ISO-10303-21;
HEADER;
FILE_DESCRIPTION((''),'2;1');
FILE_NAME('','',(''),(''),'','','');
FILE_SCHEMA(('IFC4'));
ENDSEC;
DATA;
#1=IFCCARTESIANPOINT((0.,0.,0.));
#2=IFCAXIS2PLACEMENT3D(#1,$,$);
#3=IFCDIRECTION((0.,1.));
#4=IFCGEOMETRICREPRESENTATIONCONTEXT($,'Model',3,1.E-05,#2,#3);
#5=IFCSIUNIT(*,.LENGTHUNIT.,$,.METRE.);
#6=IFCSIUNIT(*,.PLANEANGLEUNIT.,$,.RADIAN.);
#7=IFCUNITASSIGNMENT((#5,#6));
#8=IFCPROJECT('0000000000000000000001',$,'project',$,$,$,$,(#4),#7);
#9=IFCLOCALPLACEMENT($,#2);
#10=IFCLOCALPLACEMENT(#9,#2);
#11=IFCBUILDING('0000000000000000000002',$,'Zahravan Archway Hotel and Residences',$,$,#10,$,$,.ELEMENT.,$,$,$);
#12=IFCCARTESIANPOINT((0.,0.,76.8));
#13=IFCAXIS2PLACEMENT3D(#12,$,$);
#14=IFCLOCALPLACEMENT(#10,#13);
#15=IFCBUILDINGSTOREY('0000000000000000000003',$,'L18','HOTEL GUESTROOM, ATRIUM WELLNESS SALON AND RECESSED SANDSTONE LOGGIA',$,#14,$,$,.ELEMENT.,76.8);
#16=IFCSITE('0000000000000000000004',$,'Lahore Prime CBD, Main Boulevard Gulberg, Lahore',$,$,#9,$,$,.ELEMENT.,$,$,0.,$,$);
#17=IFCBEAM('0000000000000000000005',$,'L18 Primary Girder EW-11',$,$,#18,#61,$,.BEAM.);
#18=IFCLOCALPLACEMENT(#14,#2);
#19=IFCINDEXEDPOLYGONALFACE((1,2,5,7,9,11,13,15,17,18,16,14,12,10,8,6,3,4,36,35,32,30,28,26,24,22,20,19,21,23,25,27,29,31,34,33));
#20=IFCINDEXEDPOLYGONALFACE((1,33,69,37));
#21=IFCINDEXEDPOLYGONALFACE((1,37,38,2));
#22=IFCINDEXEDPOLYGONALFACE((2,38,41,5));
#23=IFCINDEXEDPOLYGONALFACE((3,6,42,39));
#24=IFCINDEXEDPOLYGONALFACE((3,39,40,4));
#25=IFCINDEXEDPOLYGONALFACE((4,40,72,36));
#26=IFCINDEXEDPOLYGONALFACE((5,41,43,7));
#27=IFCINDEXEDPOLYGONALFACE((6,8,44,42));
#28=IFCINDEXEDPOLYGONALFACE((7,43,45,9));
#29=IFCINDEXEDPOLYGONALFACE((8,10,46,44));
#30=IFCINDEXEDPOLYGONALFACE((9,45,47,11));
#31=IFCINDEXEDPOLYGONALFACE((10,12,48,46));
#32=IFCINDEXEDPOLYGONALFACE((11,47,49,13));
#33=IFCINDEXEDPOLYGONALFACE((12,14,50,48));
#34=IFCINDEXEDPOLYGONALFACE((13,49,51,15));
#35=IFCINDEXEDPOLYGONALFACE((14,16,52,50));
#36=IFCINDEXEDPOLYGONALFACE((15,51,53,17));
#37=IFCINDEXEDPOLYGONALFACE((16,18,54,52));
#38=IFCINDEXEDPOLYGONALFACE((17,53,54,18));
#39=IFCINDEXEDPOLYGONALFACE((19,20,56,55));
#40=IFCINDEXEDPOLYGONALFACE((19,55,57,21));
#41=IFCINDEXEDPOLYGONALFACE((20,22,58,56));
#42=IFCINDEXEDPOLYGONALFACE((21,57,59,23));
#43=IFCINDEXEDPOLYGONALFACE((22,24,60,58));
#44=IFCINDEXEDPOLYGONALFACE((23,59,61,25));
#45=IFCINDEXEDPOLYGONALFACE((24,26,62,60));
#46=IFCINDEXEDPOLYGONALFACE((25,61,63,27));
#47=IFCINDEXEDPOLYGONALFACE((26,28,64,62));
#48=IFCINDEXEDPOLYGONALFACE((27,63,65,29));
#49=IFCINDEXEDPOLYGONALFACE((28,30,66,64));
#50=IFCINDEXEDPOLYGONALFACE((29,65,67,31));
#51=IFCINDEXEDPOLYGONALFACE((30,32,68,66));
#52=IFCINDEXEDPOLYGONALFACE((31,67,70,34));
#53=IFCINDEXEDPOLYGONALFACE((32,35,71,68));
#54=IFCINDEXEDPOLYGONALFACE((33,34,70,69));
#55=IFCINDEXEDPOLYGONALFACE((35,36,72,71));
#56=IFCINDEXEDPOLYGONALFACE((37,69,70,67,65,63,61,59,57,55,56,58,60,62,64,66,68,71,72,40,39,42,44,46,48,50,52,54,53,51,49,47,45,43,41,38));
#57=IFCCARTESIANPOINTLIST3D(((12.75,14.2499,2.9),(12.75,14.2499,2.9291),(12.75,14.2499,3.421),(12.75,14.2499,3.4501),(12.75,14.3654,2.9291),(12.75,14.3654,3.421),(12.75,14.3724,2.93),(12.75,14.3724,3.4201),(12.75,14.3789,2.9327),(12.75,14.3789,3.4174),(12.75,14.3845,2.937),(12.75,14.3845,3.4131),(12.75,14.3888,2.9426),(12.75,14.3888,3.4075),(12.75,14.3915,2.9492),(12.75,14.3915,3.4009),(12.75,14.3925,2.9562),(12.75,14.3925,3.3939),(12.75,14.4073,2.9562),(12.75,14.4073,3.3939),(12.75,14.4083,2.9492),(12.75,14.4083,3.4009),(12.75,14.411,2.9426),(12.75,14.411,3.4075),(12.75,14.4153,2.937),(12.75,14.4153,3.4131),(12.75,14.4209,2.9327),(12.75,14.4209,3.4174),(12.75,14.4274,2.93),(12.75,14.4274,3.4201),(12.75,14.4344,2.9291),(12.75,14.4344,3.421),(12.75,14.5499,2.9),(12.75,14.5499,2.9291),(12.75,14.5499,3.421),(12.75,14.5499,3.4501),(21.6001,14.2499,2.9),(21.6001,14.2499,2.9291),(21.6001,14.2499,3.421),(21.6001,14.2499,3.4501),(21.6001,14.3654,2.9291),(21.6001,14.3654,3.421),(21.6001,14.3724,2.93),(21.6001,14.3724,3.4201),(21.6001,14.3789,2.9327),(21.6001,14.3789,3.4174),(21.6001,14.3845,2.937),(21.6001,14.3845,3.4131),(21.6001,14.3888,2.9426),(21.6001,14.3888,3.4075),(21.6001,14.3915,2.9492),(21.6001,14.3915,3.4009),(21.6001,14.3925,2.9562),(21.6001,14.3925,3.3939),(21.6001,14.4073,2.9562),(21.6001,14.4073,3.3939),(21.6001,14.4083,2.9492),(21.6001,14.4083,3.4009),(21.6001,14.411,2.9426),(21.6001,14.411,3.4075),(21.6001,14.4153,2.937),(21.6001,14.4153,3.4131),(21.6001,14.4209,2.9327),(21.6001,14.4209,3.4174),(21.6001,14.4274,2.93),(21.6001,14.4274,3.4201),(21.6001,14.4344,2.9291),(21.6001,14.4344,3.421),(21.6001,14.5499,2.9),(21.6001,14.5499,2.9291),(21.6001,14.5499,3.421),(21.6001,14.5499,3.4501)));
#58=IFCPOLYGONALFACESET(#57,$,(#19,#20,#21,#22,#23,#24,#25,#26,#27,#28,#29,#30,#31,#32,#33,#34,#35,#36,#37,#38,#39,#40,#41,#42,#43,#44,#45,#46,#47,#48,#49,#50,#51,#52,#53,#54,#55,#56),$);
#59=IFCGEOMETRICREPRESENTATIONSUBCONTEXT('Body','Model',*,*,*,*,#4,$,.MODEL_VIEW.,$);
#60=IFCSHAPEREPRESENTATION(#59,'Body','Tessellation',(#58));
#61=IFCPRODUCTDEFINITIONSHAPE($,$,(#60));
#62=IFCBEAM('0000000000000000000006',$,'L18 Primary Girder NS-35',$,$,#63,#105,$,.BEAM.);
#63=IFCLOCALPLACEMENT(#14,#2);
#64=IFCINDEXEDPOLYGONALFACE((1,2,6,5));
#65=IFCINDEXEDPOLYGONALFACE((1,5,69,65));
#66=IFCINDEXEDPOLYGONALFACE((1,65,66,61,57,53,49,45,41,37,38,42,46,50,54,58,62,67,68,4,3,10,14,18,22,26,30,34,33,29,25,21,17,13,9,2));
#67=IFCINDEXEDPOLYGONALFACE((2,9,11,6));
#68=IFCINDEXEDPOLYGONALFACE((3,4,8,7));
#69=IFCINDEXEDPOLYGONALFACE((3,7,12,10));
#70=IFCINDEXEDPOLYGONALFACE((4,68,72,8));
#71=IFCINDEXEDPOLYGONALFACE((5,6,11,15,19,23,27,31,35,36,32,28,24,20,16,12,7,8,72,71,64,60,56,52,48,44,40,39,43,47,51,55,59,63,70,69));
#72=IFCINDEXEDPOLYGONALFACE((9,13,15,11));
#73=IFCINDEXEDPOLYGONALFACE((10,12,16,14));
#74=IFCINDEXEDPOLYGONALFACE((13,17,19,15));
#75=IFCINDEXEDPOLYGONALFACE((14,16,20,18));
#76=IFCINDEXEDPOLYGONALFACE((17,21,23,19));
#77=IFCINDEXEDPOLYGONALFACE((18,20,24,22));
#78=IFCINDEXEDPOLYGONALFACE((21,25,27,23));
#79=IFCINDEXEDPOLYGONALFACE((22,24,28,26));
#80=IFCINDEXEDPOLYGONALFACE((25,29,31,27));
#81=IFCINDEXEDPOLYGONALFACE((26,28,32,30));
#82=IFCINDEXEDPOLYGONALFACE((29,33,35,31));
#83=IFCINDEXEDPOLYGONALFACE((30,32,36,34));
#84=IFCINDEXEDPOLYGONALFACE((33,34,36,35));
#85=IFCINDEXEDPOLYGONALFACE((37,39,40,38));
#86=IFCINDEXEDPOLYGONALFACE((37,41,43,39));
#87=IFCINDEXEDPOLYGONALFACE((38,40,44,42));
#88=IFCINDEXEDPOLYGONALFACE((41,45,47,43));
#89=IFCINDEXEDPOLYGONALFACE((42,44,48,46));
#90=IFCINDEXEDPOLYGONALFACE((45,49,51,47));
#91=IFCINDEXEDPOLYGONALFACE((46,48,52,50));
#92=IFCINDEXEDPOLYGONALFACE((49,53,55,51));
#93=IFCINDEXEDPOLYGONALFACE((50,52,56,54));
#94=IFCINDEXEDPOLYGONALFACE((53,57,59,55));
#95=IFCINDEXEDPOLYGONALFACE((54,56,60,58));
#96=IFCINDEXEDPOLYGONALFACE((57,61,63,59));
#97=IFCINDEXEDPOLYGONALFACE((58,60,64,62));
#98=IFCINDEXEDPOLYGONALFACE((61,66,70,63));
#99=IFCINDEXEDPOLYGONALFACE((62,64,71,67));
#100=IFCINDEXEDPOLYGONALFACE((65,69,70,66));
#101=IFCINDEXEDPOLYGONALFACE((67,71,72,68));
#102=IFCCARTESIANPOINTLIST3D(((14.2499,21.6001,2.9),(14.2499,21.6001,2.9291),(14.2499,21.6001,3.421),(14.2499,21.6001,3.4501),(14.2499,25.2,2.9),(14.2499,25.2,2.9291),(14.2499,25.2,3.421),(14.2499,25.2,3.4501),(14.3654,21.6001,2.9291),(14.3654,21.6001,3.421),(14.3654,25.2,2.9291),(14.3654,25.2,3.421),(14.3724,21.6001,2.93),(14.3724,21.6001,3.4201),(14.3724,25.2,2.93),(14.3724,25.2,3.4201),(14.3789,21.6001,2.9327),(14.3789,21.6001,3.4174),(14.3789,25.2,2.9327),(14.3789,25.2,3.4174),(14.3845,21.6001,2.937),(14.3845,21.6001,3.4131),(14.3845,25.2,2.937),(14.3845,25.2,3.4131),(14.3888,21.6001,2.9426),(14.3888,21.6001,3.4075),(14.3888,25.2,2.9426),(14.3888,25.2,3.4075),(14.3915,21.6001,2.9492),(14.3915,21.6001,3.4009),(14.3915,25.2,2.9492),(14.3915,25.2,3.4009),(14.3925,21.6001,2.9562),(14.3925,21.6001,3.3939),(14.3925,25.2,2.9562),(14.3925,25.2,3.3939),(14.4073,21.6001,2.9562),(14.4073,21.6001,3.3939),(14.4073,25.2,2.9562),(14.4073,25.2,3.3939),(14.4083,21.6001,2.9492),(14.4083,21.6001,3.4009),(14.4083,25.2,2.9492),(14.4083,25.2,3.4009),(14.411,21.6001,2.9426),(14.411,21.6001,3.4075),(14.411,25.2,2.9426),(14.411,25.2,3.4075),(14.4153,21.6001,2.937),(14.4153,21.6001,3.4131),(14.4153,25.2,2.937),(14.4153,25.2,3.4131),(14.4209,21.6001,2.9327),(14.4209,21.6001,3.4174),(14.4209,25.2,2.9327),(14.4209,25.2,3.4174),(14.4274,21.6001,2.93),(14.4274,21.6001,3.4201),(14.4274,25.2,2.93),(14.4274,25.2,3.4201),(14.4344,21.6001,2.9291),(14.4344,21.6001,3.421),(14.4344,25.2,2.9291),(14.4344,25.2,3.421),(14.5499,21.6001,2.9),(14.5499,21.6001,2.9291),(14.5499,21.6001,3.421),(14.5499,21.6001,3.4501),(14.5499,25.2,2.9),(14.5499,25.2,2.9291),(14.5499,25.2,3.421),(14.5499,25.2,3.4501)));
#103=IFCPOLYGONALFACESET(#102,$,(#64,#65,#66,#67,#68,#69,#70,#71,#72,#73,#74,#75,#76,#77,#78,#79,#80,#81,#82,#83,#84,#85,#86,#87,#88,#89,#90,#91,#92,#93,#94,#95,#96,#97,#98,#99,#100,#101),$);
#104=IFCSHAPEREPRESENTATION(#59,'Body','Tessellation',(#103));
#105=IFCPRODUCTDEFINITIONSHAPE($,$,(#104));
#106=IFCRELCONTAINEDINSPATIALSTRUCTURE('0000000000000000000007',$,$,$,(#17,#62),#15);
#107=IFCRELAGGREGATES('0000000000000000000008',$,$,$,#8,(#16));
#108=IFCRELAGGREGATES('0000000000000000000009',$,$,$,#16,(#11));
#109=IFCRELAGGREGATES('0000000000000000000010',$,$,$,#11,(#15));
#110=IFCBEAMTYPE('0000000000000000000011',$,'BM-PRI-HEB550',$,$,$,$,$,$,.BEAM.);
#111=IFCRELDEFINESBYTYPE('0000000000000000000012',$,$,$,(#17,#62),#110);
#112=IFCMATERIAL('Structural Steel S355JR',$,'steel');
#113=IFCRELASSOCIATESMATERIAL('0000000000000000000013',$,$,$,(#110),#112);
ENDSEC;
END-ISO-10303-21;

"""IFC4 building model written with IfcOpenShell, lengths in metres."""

from ifc_helpers import new_model, si_unit, direction, frame, origin, origin_2d, place, context, subcontext, project, spatial, i_section, extrude, source, transform, mapped, material, material_profile, profile_set, type_object, element, save


model = new_model("IFC4")

# Units and contexts
model_context = context("Model", 3, precision=1e-05, world=origin(), true_north=direction((0.0, 1.0)))
body_context = subcontext(model_context, "Body", "Model", "MODEL_VIEW")
ifc_project = project(units=[si_unit("LENGTHUNIT", "METRE"), si_unit("PLANEANGLEUNIT", "RADIAN")], contexts=[model_context])

# Site, building, storey
site_placement = place(None, origin())
site = spatial("IfcSite", under=ifc_project, at=site_placement, Name="Lahore Prime CBD, Main Boulevard Gulberg, Lahore", CompositionType="ELEMENT", RefElevation=0.0)
building_placement = place(site_placement, origin())
building = spatial("IfcBuilding", under=site, at=building_placement, Name="Zahravan Archway Hotel and Residences", CompositionType="ELEMENT")
storey_placement = place(building_placement, frame((0.0, 0.0, 76.8)))
storey = spatial("IfcBuildingStorey", under=building, at=storey_placement, Name="L18", Description="HOTEL GUESTROOM, ATRIUM WELLNESS SALON AND RECESSED SANDSTONE LOGGIA", CompositionType="ELEMENT", Elevation=76.8)

# Beams
ifc_material_1 = material(Name="Structural Steel S355JR", Category="steel")
ifc_material_profile_1 = material_profile(ifc_material_1, i_section(OverallWidth=0.3, OverallDepth=0.55, WebThickness=0.0149, FlangeThickness=0.0291, FilletRadius=0.0271, at=origin_2d()), Name="HEB 550", Category="steel")
ifc_profile_set_1 = profile_set([ifc_material_profile_1], Name="Structural Steel S355JR")
beam_type = type_object("IfcBeamType", Name="BM-PRI-HEB550", PredefinedType="BEAM", material=ifc_profile_set_1)
shared_shape_1 = source(origin(), body_context, "Body", "SweptSolid", [
    extrude(i_section(OverallWidth=0.3, OverallDepth=0.55, WebThickness=0.0149, FlangeThickness=0.0291, FilletRadius=0.0271, at=origin_2d()), origin(), (0.0, 0.0, 1.0), 8.8501),
])
beam_1_placement = place(storey_placement, frame((12.75, 14.3999, 3.175), z_axis=(1.0, 0.0, 0.0), x_axis=(0.0, 1.0, 0.0)))
element("IfcBeam", 1, at=beam_1_placement, inside=storey, type_object=beam_type, Name="L18 Primary Girder EW-11", PredefinedType="BEAM", context=body_context, shape_type="MappedRepresentation", body=[
    mapped(shared_shape_1, transform((0.0, 0.0, 0.0), scale=1.0)),
])
shared_shape_2 = source(origin(), body_context, "Body", "SweptSolid", [
    extrude(i_section(OverallWidth=0.3, OverallDepth=0.55, WebThickness=0.0149, FlangeThickness=0.0291, FilletRadius=0.0271, at=origin_2d()), origin(), (0.0, 0.0, 1.0), 3.5999),
])
beam_2_placement = place(storey_placement, frame((14.3999, 21.6001, 3.175), z_axis=(0.0, 1.0, 0.0), x_axis=(-1.0, 0.0, 0.0)))
element("IfcBeam", 2, at=beam_2_placement, inside=storey, type_object=beam_type, Name="L18 Primary Girder NS-35", PredefinedType="BEAM", context=body_context, shape_type="MappedRepresentation", body=[
    mapped(shared_shape_2, transform((0.0, 0.0, 0.0), scale=1.0)),
])

save(model, "model.ifc")
